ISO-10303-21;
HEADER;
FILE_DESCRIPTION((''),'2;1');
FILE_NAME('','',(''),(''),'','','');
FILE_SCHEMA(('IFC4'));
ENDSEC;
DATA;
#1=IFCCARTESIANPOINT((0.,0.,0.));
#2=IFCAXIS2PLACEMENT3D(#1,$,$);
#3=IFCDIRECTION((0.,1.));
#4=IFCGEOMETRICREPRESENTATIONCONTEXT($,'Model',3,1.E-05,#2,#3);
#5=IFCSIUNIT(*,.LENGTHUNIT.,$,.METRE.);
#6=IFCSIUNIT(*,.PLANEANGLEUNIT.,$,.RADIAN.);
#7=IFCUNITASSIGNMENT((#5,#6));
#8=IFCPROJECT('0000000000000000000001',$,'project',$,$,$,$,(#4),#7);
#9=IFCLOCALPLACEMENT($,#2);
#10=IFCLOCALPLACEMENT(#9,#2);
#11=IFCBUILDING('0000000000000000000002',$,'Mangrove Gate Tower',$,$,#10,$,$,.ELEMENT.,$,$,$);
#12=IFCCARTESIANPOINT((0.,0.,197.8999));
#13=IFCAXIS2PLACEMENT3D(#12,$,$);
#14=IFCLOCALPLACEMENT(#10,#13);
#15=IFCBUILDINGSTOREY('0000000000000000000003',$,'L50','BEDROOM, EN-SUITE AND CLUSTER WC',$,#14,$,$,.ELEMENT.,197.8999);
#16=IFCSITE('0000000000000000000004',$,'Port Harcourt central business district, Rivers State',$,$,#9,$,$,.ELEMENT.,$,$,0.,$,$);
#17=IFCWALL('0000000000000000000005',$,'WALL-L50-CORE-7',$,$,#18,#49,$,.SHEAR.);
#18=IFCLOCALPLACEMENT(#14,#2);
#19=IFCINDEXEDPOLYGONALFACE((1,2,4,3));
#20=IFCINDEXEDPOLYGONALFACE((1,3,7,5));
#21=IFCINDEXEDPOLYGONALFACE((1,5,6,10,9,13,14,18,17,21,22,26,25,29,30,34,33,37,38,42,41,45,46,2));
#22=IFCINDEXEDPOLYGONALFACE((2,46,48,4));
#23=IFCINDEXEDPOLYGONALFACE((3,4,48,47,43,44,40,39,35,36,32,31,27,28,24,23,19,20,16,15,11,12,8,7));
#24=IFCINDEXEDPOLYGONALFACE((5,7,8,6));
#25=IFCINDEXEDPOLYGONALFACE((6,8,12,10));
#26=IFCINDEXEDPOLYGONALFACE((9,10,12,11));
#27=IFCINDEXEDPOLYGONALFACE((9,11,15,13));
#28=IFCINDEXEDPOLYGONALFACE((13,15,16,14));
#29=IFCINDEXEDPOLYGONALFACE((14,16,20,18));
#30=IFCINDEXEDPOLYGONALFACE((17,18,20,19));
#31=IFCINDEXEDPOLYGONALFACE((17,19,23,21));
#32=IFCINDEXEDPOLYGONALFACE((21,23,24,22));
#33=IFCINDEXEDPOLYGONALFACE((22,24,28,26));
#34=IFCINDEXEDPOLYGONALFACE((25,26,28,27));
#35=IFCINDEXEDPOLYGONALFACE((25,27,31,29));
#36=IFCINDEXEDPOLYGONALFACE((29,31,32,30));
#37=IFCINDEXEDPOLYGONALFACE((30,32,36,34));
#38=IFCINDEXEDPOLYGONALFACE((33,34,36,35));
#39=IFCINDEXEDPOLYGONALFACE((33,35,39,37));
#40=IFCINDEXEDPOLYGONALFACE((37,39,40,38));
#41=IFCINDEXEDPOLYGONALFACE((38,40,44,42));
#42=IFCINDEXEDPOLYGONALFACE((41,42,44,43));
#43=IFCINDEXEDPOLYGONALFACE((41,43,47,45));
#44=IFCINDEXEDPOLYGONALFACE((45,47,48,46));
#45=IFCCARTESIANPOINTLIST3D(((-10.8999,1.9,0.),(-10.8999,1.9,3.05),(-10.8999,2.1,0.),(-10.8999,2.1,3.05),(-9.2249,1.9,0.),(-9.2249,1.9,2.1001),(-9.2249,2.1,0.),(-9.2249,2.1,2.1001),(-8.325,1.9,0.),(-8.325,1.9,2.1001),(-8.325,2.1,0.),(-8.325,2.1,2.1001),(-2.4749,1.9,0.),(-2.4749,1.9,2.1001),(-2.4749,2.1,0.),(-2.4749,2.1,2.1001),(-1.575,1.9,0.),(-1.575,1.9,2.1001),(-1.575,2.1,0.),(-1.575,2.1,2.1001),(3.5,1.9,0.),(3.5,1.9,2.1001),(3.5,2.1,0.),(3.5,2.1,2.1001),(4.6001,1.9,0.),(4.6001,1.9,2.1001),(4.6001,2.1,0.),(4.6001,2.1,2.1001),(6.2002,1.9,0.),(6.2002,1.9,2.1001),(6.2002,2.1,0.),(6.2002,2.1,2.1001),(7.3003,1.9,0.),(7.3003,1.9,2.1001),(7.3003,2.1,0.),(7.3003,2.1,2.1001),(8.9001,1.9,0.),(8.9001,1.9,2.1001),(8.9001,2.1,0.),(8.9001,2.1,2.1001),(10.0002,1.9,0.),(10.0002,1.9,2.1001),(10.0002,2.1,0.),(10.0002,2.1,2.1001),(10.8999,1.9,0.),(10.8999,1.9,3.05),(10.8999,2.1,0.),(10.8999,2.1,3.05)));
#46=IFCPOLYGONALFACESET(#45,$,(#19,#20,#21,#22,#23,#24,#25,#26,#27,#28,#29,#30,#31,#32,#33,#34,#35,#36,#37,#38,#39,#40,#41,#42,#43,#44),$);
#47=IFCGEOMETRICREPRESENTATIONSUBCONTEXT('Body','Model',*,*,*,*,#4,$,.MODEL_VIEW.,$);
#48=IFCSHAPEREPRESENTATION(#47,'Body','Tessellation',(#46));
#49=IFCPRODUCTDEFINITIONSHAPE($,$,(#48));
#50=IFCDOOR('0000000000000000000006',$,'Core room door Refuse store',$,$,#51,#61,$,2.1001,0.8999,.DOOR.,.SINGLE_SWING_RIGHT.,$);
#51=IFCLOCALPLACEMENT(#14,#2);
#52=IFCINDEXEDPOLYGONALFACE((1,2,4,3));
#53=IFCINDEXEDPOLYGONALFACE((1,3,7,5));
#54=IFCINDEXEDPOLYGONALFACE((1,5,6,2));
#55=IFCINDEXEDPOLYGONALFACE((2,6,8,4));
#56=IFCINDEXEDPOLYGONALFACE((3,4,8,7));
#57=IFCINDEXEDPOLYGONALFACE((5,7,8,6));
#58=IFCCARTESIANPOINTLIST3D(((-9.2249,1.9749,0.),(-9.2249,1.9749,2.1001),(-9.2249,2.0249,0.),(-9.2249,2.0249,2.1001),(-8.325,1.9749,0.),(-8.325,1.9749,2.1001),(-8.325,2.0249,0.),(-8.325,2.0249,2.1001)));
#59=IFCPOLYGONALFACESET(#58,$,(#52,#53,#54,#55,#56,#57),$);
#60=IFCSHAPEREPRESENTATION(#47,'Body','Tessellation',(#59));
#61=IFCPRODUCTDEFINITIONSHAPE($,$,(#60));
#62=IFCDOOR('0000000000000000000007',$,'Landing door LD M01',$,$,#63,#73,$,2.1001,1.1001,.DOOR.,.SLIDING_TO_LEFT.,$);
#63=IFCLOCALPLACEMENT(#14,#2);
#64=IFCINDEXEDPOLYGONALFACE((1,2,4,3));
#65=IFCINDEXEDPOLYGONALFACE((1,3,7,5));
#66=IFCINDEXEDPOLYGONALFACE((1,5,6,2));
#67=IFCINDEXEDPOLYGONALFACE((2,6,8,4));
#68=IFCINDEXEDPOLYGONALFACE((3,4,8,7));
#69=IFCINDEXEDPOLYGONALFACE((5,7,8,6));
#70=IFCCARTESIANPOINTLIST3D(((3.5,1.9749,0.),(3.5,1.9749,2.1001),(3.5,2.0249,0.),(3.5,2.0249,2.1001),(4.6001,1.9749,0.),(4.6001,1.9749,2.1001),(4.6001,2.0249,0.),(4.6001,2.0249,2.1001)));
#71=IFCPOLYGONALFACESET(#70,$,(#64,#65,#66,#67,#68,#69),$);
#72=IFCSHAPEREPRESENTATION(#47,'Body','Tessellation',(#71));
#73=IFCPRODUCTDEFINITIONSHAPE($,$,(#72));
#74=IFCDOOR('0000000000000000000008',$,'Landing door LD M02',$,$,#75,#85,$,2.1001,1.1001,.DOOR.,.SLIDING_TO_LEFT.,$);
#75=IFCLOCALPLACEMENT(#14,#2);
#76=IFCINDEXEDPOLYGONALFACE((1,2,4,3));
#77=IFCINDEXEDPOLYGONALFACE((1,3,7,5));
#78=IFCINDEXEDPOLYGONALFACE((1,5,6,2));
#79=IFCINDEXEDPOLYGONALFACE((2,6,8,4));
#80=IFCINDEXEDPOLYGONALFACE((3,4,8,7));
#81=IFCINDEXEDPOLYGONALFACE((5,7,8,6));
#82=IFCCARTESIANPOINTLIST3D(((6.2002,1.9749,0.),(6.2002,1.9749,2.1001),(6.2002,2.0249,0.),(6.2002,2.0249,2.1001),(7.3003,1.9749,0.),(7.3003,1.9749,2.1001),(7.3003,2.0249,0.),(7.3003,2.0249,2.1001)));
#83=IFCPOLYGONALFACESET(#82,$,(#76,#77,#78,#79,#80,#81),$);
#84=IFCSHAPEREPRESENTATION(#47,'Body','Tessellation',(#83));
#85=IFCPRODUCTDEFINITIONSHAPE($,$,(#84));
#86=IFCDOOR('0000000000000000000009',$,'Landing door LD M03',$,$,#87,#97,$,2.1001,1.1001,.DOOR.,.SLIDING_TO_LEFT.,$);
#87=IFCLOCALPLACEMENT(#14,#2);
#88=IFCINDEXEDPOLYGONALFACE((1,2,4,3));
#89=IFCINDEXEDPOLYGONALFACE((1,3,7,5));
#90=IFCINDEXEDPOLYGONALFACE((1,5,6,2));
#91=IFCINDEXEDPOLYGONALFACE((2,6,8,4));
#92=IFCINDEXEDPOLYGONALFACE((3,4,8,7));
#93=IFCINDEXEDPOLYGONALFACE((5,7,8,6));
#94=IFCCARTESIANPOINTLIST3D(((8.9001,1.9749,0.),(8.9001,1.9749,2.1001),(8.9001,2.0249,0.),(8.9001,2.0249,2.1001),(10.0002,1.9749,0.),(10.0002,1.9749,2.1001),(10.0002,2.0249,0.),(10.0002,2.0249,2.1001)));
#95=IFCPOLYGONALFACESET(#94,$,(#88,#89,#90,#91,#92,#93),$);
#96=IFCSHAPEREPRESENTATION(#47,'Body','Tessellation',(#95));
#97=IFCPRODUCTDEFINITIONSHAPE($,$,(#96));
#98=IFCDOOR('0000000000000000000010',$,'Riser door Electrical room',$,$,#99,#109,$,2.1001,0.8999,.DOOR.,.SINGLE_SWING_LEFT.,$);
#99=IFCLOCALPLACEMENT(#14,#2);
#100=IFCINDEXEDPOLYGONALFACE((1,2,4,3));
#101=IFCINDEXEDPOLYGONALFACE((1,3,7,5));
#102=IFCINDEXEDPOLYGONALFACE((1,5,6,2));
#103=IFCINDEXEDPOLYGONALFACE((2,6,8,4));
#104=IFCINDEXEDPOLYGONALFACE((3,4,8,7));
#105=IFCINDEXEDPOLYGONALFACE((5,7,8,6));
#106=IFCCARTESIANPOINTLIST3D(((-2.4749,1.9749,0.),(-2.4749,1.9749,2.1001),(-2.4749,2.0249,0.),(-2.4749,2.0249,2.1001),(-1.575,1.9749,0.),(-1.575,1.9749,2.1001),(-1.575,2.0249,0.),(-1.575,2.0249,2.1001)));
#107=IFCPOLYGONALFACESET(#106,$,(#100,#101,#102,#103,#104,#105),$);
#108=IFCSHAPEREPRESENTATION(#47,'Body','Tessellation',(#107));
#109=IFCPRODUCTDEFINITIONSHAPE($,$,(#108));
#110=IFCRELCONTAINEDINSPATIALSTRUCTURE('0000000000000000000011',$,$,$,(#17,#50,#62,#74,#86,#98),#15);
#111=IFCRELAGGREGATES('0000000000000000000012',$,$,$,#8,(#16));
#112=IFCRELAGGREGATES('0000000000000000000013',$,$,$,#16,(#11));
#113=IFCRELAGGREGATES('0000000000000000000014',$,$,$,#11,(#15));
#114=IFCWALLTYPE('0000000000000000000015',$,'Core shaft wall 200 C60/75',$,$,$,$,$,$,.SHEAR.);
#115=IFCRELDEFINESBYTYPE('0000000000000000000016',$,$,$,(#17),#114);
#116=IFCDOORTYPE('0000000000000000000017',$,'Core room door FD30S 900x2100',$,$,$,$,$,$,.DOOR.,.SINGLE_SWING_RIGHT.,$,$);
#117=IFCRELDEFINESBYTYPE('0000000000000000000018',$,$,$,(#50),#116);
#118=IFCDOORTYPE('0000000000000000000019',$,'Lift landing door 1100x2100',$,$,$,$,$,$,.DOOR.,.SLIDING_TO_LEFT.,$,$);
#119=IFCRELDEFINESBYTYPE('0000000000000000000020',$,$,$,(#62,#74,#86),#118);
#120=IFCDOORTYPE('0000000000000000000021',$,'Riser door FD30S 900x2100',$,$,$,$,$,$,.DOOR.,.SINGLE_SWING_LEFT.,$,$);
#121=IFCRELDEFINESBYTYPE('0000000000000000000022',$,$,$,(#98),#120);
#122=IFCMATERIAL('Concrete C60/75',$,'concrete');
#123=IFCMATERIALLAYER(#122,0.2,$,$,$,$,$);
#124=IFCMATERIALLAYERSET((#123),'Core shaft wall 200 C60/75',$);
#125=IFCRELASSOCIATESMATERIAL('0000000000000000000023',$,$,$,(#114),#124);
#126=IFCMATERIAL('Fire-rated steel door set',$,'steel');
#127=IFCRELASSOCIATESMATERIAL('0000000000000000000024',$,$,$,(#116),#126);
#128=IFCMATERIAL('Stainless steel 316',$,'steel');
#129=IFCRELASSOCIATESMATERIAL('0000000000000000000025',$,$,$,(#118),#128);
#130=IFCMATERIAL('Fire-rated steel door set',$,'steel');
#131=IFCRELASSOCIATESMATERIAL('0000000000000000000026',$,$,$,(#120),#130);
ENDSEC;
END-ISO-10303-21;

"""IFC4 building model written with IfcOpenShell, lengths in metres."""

from ifc_helpers import new_model, si_unit, direction, frame, frame_2d, origin, place, context, subcontext, project, spatial, rectangle, extrude, material, layer, layer_set, type_object, element, fill, save


model = new_model("IFC4")

# Units and contexts
model_context = context("Model", 3, precision=1e-05, world=origin(), true_north=direction((0.0, 1.0)))
body_context = subcontext(model_context, "Body", "Model", "MODEL_VIEW")
ifc_project = project(units=[si_unit("LENGTHUNIT", "METRE"), si_unit("PLANEANGLEUNIT", "RADIAN")], contexts=[model_context])

# Site, building, storey
site_placement = place(None, origin())
site = spatial("IfcSite", under=ifc_project, at=site_placement, Name="Port Harcourt central business district, Rivers State", CompositionType="ELEMENT", RefElevation=0.0)
building_placement = place(site_placement, origin())
building = spatial("IfcBuilding", under=site, at=building_placement, Name="Mangrove Gate Tower", CompositionType="ELEMENT")
storey_placement = place(building_placement, frame((0.0, 0.0, 197.8999)))
storey = spatial("IfcBuildingStorey", under=building, at=storey_placement, Name="L50", Description="BEDROOM, EN-SUITE AND CLUSTER WC", CompositionType="ELEMENT", Elevation=197.8999)

# Shared definitions
ifc_material_1 = material(Name="Concrete C60/75", Category="concrete")
ifc_layer_1 = layer(ifc_material_1, 0.2)
ifc_layer_set_1 = layer_set([ifc_layer_1], Name="Core shaft wall 200 C60/75")
wall_type_1 = type_object("IfcWallType", Name="Core shaft wall 200 C60/75", PredefinedType="SHEAR", material=ifc_layer_set_1)

# Wall, openings, doors
wall_1_placement = place(storey_placement, frame((-10.8999, 2.0, 0.0), z_axis=(0.0, 0.0, 1.0), x_axis=(1.0, 0.0, 0.0)))
wall_1 = element("IfcWall", 1, at=wall_1_placement, inside=storey, type_object=wall_type_1, Name="WALL-L50-CORE-7", PredefinedType="SHEAR", context=body_context, shape_type="SweptSolid", body=[
    extrude(rectangle(XDim=21.7998, YDim=0.2, at=frame_2d((10.8999, 0.0))), origin(), (0.0, 0.0, 1.0), 3.05),
])
opening_1_placement = place(wall_1_placement, frame((14.3999, 0.0, 0.0)))
opening_1 = element("IfcOpeningElement", 2, at=opening_1_placement, cuts=wall_1, PredefinedType="OPENING", context=body_context, shape_type="SweptSolid", body=[
    extrude(rectangle(XDim=1.1001, YDim=2.1001, at=frame_2d((0.55, 1.05))), frame((0.0, 0.1099, 0.0), z_axis=(0.0, -1.0, 0.0), x_axis=(1.0, 0.0, 0.0)), (0.0, 0.0, 1.0), 0.22),
])
opening_2_placement = place(wall_1_placement, frame((17.1001, 0.0, 0.0)))
opening_2 = element("IfcOpeningElement", 3, at=opening_2_placement, cuts=wall_1, PredefinedType="OPENING", context=body_context, shape_type="SweptSolid", body=[
    extrude(rectangle(XDim=1.1001, YDim=2.1001, at=frame_2d((0.55, 1.05))), frame((0.0, 0.1099, 0.0), z_axis=(0.0, -1.0, 0.0), x_axis=(1.0, 0.0, 0.0)), (0.0, 0.0, 1.0), 0.22),
])
opening_3_placement = place(wall_1_placement, frame((19.8, 0.0, 0.0)))
opening_3 = element("IfcOpeningElement", 4, at=opening_3_placement, cuts=wall_1, PredefinedType="OPENING", context=body_context, shape_type="SweptSolid", body=[
    extrude(rectangle(XDim=1.1001, YDim=2.1001, at=frame_2d((0.55, 1.05))), frame((0.0, 0.1099, 0.0), z_axis=(0.0, -1.0, 0.0), x_axis=(1.0, 0.0, 0.0)), (0.0, 0.0, 1.0), 0.22),
])
opening_4_placement = place(wall_1_placement, frame((1.675, 0.0, 0.0)))
opening_4 = element("IfcOpeningElement", 5, at=opening_4_placement, cuts=wall_1, PredefinedType="OPENING", context=body_context, shape_type="SweptSolid", body=[
    extrude(rectangle(XDim=0.8999, YDim=2.1001, at=frame_2d((0.45, 1.05))), frame((0.0, 0.1099, 0.0), z_axis=(0.0, -1.0, 0.0), x_axis=(1.0, 0.0, 0.0)), (0.0, 0.0, 1.0), 0.22),
])
opening_5_placement = place(wall_1_placement, frame((8.425, 0.0, 0.0)))
opening_5 = element("IfcOpeningElement", 6, at=opening_5_placement, cuts=wall_1, PredefinedType="OPENING", context=body_context, shape_type="SweptSolid", body=[
    extrude(rectangle(XDim=0.8999, YDim=2.1001, at=frame_2d((0.45, 1.05))), frame((0.0, 0.1099, 0.0), z_axis=(0.0, -1.0, 0.0), x_axis=(1.0, 0.0, 0.0)), (0.0, 0.0, 1.0), 0.22),
])
ifc_material_2 = material(Name="Fire-rated steel door set", Category="steel")
door_type_1 = type_object("IfcDoorType", Name="Core room door FD30S 900x2100", OperationType="SINGLE_SWING_RIGHT", PredefinedType="DOOR", material=ifc_material_2)
door_1_placement = place(opening_4_placement, origin())
door_1 = element("IfcDoor", 7, at=door_1_placement, inside=storey, type_object=door_type_1, Name="Core room door Refuse store", OperationType="SINGLE_SWING_RIGHT", OverallHeight=2.1001, OverallWidth=0.8999, PredefinedType="DOOR", context=body_context, shape_type="SweptSolid", body=[
    extrude(rectangle(XDim=0.8999, YDim=2.1001, at=frame_2d((0.45, 1.05))), frame((0.0, 0.0249, 0.0), z_axis=(0.0, -1.0, 0.0), x_axis=(1.0, 0.0, 0.0)), (0.0, 0.0, 1.0), 0.05),
])
fill(opening_4, door_1)
ifc_material_3 = material(Name="Stainless steel 316", Category="steel")
door_type_2 = type_object("IfcDoorType", Name="Lift landing door 1100x2100", OperationType="SLIDING_TO_LEFT", PredefinedType="DOOR", material=ifc_material_3)
door_2_placement = place(opening_1_placement, origin())
door_2 = element("IfcDoor", 8, at=door_2_placement, inside=storey, type_object=door_type_2, Name="Landing door LD M01", OperationType="SLIDING_TO_LEFT", OverallHeight=2.1001, OverallWidth=1.1001, PredefinedType="DOOR", context=body_context, shape_type="SweptSolid", body=[
    extrude(rectangle(XDim=1.1001, YDim=2.1001, at=frame_2d((0.55, 1.05))), frame((0.0, 0.0249, 0.0), z_axis=(0.0, -1.0, 0.0), x_axis=(1.0, 0.0, 0.0)), (0.0, 0.0, 1.0), 0.05),
])
fill(opening_1, door_2)
door_3_placement = place(opening_2_placement, origin())
door_3 = element("IfcDoor", 9, at=door_3_placement, inside=storey, type_object=door_type_2, Name="Landing door LD M02", OperationType="SLIDING_TO_LEFT", OverallHeight=2.1001, OverallWidth=1.1001, PredefinedType="DOOR", context=body_context, shape_type="SweptSolid", body=[
    extrude(rectangle(XDim=1.1001, YDim=2.1001, at=frame_2d((0.55, 1.05))), frame((0.0, 0.0249, 0.0), z_axis=(0.0, -1.0, 0.0), x_axis=(1.0, 0.0, 0.0)), (0.0, 0.0, 1.0), 0.05),
])
fill(opening_2, door_3)
door_4_placement = place(opening_3_placement, origin())
door_4 = element("IfcDoor", 10, at=door_4_placement, inside=storey, type_object=door_type_2, Name="Landing door LD M03", OperationType="SLIDING_TO_LEFT", OverallHeight=2.1001, OverallWidth=1.1001, PredefinedType="DOOR", context=body_context, shape_type="SweptSolid", body=[
    extrude(rectangle(XDim=1.1001, YDim=2.1001, at=frame_2d((0.55, 1.05))), frame((0.0, 0.0249, 0.0), z_axis=(0.0, -1.0, 0.0), x_axis=(1.0, 0.0, 0.0)), (0.0, 0.0, 1.0), 0.05),
])
fill(opening_3, door_4)
ifc_material_4 = material(Name="Fire-rated steel door set", Category="steel")
door_type_3 = type_object("IfcDoorType", Name="Riser door FD30S 900x2100", OperationType="SINGLE_SWING_LEFT", PredefinedType="DOOR", material=ifc_material_4)
door_5_placement = place(opening_5_placement, origin())
door_5 = element("IfcDoor", 11, at=door_5_placement, inside=storey, type_object=door_type_3, Name="Riser door Electrical room", OperationType="SINGLE_SWING_LEFT", OverallHeight=2.1001, OverallWidth=0.8999, PredefinedType="DOOR", context=body_context, shape_type="SweptSolid", body=[
    extrude(rectangle(XDim=0.8999, YDim=2.1001, at=frame_2d((0.45, 1.05))), frame((0.0, 0.0249, 0.0), z_axis=(0.0, -1.0, 0.0), x_axis=(1.0, 0.0, 0.0)), (0.0, 0.0, 1.0), 0.05),
])
fill(opening_5, door_5)

save(model, "model.ifc")
